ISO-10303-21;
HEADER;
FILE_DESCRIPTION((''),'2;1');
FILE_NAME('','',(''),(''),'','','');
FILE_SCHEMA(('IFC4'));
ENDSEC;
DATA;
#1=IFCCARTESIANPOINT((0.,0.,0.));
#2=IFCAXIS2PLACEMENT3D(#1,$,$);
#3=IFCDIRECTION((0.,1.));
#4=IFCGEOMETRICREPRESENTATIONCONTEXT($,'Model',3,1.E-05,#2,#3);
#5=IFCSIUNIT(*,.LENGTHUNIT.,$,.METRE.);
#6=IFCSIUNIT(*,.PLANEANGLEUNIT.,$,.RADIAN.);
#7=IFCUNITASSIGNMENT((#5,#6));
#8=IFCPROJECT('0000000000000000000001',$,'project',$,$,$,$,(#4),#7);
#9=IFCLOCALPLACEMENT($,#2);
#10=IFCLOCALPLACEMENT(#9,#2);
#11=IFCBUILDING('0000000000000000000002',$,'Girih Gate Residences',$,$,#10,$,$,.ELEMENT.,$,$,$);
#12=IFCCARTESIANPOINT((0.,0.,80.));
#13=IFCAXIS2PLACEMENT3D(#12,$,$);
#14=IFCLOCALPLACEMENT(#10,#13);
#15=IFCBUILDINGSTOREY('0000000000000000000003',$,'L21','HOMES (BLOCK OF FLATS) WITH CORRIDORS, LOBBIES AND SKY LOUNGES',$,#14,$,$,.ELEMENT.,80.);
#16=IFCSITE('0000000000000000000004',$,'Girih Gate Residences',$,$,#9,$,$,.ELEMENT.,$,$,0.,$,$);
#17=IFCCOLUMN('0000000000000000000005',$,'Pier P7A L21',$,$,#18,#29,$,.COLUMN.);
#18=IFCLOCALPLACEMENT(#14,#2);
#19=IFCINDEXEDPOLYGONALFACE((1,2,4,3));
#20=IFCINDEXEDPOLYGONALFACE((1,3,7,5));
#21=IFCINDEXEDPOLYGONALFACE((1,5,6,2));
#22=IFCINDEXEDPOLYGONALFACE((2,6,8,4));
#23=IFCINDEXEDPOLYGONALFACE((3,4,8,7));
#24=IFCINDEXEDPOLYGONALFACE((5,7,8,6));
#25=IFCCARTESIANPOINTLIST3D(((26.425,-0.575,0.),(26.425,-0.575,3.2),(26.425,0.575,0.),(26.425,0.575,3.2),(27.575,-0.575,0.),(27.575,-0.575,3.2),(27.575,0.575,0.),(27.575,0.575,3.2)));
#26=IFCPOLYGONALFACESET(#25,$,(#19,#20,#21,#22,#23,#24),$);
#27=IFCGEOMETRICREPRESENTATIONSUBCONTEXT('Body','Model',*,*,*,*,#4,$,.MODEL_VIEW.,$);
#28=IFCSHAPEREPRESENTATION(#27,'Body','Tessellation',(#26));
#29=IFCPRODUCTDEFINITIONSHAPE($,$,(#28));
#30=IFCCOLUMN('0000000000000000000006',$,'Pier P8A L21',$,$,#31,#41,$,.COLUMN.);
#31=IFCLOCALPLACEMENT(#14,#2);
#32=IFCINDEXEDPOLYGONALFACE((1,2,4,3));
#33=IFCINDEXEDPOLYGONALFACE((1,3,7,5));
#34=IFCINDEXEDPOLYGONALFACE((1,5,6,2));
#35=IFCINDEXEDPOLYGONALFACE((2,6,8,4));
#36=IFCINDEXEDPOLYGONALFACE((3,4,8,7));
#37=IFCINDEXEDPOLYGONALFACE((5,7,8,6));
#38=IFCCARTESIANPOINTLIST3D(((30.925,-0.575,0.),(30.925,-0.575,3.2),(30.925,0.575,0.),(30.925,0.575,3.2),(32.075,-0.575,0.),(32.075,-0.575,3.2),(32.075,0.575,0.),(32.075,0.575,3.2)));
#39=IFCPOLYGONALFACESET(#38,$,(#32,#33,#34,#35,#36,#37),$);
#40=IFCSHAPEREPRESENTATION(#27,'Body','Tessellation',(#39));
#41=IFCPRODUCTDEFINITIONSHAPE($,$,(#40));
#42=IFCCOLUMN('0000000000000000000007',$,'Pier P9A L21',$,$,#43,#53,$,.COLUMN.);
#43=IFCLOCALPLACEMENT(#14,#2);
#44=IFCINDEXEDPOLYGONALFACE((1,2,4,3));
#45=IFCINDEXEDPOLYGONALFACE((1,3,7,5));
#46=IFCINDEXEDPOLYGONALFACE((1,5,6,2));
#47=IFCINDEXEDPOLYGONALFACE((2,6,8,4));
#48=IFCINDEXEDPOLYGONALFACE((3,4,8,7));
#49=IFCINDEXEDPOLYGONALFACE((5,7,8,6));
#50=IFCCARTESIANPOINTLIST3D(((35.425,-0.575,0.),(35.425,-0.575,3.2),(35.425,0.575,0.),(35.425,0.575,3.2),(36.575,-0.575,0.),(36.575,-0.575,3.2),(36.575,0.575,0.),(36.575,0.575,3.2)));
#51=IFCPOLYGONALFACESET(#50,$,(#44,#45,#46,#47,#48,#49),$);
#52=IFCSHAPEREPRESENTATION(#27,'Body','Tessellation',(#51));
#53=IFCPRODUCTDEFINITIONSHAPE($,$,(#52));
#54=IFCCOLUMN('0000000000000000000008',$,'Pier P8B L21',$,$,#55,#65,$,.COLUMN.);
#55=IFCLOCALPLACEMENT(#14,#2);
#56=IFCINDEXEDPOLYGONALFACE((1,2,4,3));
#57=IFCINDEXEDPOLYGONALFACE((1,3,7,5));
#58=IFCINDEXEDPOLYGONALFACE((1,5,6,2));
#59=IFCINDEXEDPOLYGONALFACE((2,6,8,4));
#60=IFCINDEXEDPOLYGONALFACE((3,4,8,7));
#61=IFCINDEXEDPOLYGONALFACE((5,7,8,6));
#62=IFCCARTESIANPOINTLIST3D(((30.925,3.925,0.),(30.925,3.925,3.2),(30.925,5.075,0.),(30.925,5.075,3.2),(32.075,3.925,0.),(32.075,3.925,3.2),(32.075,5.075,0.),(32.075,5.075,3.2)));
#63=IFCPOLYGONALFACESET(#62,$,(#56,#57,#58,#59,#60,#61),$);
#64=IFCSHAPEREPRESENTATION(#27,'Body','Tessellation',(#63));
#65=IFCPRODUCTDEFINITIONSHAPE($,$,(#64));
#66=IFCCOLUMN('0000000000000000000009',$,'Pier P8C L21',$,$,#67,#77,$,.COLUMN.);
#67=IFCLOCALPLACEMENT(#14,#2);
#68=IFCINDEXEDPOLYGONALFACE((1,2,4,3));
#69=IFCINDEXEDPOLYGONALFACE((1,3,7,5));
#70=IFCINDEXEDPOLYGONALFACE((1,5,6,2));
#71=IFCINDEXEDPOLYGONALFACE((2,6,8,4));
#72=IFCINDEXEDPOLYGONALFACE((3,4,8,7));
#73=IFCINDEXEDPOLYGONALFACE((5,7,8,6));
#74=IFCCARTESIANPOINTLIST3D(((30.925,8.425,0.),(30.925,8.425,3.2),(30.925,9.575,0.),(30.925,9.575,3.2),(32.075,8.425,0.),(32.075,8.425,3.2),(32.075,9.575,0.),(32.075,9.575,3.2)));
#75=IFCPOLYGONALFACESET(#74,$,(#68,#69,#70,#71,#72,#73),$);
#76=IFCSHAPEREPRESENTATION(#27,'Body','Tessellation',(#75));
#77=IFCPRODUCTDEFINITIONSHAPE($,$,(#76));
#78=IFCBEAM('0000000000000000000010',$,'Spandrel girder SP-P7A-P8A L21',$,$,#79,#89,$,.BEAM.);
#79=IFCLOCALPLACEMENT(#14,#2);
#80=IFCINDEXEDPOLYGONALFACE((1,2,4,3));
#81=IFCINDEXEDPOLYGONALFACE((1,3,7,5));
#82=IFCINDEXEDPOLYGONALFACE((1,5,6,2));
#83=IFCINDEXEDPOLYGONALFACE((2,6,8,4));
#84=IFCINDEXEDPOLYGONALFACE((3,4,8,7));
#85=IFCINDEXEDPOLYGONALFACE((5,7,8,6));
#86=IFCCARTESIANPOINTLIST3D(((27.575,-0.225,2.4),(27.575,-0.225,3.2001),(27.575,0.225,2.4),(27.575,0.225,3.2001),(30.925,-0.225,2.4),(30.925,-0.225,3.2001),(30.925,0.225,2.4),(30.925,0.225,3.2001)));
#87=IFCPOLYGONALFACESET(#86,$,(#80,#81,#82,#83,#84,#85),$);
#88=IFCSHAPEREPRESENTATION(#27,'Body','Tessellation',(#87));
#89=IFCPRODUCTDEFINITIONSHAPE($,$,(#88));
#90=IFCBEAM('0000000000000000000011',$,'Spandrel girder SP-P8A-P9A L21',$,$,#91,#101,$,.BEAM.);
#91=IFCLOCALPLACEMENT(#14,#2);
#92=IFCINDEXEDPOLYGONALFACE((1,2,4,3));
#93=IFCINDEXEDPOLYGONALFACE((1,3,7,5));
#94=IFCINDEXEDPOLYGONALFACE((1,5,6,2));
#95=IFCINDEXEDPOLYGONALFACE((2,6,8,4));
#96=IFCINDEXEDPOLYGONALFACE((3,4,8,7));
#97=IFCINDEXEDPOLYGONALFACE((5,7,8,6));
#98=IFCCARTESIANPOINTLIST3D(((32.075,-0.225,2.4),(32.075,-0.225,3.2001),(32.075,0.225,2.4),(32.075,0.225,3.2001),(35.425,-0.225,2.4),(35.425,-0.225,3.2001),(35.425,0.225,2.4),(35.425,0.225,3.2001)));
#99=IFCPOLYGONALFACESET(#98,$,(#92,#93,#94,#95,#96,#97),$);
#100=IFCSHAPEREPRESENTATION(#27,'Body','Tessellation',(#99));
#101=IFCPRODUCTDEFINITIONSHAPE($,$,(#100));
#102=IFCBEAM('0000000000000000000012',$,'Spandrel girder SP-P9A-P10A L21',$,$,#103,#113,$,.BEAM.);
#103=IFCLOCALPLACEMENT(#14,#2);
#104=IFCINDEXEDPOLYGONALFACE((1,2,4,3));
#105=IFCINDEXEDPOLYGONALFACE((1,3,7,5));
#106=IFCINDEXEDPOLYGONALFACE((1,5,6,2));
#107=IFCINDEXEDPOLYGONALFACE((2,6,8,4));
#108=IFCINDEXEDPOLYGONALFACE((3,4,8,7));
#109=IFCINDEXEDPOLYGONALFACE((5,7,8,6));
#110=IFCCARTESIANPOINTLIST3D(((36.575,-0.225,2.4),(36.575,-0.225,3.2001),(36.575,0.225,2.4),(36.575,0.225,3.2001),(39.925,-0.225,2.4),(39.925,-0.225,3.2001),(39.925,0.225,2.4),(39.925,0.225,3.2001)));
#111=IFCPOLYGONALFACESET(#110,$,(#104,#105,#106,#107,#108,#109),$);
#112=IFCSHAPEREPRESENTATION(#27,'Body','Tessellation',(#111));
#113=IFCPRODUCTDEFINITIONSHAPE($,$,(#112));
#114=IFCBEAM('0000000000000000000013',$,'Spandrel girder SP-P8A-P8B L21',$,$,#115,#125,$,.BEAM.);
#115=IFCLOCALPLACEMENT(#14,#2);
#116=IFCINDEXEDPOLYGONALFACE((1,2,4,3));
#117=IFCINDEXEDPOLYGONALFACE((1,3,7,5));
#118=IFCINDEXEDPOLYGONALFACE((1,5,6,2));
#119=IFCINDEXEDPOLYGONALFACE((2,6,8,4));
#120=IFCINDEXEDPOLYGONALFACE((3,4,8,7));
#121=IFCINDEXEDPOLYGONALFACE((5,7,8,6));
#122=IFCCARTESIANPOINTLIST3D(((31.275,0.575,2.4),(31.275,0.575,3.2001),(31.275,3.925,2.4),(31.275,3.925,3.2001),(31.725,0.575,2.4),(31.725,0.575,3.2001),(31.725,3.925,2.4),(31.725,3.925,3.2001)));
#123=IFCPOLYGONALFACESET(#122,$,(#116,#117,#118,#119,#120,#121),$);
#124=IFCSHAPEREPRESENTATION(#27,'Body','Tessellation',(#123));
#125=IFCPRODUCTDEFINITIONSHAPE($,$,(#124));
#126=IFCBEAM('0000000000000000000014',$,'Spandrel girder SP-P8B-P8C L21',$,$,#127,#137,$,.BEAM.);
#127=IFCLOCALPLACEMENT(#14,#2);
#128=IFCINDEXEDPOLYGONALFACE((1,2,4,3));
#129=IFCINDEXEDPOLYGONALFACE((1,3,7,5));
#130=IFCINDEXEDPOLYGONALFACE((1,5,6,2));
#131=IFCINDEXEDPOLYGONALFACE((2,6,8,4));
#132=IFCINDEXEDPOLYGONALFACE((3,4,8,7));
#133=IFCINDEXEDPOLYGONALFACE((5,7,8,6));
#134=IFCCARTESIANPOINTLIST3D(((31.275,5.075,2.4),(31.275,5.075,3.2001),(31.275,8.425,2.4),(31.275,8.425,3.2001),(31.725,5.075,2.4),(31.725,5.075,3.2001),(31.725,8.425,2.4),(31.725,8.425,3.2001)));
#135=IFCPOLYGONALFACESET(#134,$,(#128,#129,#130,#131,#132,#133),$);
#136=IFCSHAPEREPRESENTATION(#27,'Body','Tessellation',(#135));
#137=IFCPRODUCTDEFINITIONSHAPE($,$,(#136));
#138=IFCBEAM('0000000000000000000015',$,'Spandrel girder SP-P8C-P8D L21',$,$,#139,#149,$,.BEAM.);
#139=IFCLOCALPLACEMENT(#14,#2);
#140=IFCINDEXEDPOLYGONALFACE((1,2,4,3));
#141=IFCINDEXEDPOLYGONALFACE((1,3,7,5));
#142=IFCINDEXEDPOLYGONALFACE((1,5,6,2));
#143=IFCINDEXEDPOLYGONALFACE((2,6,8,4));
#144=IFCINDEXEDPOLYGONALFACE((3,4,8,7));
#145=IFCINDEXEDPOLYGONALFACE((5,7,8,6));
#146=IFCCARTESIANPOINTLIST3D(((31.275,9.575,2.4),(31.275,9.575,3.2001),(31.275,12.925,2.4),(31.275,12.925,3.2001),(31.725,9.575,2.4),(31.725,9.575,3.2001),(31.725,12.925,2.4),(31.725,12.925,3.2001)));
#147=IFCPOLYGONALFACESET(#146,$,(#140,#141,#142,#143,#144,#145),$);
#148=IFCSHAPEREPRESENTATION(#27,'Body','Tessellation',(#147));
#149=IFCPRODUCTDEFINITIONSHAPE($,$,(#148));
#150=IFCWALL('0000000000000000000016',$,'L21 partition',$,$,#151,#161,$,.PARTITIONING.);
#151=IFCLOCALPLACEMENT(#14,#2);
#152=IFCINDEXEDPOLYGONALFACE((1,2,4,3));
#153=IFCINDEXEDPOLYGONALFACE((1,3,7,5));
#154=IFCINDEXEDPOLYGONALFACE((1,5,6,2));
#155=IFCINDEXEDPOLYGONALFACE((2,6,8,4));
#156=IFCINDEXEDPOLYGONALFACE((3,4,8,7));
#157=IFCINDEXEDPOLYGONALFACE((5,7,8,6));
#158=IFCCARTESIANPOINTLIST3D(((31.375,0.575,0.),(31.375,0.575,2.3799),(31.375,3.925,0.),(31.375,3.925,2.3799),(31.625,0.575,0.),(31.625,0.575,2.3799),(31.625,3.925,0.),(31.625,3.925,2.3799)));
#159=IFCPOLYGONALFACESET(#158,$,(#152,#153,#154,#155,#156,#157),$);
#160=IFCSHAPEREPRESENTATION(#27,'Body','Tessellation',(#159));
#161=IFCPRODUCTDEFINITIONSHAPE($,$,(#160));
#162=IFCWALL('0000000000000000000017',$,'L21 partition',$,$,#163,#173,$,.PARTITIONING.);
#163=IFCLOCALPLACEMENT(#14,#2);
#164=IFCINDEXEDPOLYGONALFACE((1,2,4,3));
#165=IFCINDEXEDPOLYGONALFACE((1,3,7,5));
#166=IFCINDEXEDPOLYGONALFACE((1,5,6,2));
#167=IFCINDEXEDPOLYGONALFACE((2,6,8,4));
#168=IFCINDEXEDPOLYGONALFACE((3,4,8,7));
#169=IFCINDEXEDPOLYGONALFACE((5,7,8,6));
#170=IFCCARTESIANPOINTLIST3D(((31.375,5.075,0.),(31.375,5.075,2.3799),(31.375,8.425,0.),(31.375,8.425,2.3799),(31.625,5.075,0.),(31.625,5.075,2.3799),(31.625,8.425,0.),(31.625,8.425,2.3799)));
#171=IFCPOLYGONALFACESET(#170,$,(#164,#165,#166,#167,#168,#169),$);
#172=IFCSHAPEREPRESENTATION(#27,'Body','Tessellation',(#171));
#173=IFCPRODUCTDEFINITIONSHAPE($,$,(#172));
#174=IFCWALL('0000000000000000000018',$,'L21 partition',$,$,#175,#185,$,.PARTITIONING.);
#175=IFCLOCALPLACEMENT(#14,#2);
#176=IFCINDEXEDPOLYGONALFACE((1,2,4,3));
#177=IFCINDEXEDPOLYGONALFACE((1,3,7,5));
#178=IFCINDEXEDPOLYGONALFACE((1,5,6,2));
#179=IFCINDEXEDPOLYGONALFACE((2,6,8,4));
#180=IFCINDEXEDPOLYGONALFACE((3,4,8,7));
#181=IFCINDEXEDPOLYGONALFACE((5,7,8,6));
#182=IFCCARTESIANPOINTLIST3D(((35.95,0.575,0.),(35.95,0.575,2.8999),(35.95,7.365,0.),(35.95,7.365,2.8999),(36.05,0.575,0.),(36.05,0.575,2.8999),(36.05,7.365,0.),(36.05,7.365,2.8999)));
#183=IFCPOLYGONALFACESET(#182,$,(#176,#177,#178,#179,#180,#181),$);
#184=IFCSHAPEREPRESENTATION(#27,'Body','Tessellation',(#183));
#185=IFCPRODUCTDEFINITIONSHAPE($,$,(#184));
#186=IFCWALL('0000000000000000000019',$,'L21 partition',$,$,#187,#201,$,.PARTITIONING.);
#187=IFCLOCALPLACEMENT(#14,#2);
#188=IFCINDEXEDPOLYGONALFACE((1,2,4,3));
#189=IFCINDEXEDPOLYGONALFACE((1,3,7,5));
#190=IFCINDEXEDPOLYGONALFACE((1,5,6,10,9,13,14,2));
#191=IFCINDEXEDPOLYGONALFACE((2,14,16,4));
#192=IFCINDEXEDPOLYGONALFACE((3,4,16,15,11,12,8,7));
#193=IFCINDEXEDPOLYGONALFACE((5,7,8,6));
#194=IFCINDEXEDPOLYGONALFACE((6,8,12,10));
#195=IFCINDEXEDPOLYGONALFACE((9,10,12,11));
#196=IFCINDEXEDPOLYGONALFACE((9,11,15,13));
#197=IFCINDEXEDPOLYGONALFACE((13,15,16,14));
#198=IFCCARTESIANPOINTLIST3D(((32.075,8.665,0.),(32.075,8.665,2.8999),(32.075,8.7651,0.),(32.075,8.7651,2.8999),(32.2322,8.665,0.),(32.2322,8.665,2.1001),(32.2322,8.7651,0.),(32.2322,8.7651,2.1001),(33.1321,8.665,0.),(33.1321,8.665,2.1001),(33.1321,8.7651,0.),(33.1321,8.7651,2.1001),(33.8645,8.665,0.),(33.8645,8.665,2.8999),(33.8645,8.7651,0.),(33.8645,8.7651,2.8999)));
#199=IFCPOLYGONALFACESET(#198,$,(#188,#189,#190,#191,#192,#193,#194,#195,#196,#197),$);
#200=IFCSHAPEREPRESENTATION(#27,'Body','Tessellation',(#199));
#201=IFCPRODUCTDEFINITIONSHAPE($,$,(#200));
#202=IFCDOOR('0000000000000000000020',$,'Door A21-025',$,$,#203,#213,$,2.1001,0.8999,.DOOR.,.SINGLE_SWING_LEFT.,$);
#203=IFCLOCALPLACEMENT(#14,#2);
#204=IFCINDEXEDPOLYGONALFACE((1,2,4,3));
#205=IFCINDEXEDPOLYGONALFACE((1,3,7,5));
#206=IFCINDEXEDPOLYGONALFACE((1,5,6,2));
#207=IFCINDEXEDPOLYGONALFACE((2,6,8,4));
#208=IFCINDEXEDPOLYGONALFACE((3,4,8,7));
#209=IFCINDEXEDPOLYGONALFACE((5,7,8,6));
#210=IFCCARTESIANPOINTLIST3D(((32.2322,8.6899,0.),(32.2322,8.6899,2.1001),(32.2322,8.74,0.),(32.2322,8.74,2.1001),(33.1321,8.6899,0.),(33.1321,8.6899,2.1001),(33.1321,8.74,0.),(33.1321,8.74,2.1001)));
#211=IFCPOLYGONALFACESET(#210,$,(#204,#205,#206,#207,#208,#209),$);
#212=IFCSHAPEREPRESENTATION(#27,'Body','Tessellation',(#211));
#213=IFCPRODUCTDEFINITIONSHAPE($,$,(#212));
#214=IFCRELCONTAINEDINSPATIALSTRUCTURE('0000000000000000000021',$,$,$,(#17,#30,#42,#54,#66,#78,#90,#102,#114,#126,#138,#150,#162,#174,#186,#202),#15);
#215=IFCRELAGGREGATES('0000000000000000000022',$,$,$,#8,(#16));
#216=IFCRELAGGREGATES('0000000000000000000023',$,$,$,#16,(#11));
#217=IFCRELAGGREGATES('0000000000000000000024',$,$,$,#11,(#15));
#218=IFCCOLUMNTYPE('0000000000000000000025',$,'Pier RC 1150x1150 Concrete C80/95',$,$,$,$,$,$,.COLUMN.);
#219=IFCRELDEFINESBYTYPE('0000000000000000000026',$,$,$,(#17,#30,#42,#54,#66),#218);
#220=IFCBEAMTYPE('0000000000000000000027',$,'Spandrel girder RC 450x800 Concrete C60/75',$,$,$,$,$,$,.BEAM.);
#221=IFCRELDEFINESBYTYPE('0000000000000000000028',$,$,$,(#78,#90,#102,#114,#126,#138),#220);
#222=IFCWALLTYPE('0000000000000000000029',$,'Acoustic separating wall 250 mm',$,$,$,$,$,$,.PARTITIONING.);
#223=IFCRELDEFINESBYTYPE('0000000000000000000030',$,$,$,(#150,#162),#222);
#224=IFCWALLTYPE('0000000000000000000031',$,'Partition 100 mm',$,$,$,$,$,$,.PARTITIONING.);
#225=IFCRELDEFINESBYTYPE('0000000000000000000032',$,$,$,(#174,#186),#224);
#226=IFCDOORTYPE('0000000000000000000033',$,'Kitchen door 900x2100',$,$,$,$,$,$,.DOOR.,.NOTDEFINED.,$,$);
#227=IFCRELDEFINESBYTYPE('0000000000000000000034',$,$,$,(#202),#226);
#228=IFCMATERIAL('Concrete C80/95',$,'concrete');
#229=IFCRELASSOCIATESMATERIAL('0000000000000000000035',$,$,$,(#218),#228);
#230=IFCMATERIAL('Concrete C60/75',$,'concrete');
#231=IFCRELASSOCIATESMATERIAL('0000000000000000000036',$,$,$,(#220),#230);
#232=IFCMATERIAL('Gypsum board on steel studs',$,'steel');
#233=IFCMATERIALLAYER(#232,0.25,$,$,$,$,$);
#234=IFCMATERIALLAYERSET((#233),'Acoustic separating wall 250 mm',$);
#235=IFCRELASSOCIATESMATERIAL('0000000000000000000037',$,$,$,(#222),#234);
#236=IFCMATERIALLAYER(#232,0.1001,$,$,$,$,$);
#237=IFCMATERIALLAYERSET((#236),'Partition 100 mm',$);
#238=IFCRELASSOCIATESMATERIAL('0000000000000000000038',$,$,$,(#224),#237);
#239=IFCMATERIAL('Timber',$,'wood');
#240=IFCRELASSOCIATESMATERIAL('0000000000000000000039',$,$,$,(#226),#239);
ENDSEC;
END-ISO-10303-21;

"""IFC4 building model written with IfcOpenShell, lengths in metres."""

from ifc_helpers import new_model, si_unit, direction, frame, frame_2d, origin, origin_2d, place, context, subcontext, project, spatial, rectangle, extrude, material, layer, layer_set, material_profile, profile_set, type_object, element, fill, save


model = new_model("IFC4")

# Units and contexts
model_context = context("Model", 3, precision=1e-05, world=origin(), true_north=direction((0.0, 1.0)))
body_context = subcontext(model_context, "Body", "Model", "MODEL_VIEW")
ifc_project = project(units=[si_unit("LENGTHUNIT", "METRE"), si_unit("PLANEANGLEUNIT", "RADIAN")], contexts=[model_context])

# Site, building, storey
site_placement = place(None, origin())
site = spatial("IfcSite", under=ifc_project, at=site_placement, Name="Girih Gate Residences", CompositionType="ELEMENT", RefElevation=0.0)
building_placement = place(site_placement, origin())
building = spatial("IfcBuilding", under=site, at=building_placement, Name="Girih Gate Residences", CompositionType="ELEMENT")
storey_placement = place(building_placement, frame((0.0, 0.0, 80.0)))
storey = spatial("IfcBuildingStorey", under=building, at=storey_placement, Name="L21", Description="HOMES (BLOCK OF FLATS) WITH CORRIDORS, LOBBIES AND SKY LOUNGES", CompositionType="ELEMENT", Elevation=80.0)

# Columns
ifc_material_1 = material(Name="Concrete C80/95", Category="concrete")
ifc_material_profile_1 = material_profile(ifc_material_1, rectangle(XDim=1.1499, YDim=1.1499, at=origin_2d()))
ifc_profile_set_1 = profile_set([ifc_material_profile_1], Name="Concrete C80/95")
column_type = type_object("IfcColumnType", Name="Pier RC 1150x1150 Concrete C80/95", PredefinedType="COLUMN", material=ifc_profile_set_1)
for number, where, z_axis, x_axis, name in (
    (1, (27.0, 0.0, 0.0), (0.0, 0.0, 1.0), (1.0, 0.0, 0.0), "Pier P7A L21"),
    (2, (31.5, 0.0, 0.0), (0.0, 0.0, 1.0), (1.0, 0.0, 0.0), "Pier P8A L21"),
    (3, (36.0, 0.0, 0.0), (0.0, 0.0, 1.0), (1.0, 0.0, 0.0), "Pier P9A L21"),
    (4, (31.5, 4.5, 0.0), (0.0, 0.0, 1.0), (1.0, 0.0, 0.0), "Pier P8B L21"),
    (5, (31.5, 9.0, 0.0), (0.0, 0.0, 1.0), (1.0, 0.0, 0.0), "Pier P8C L21"),
):
    element("IfcColumn", number, at=place(storey_placement, frame(where, z_axis=z_axis, x_axis=x_axis)), inside=storey, type_object=column_type, Name=name, PredefinedType="COLUMN", context=body_context, shape_type="SweptSolid", body=[
        extrude(rectangle(XDim=1.1499, YDim=1.1499, at=origin_2d()), origin(), (0.0, 0.0, 1.0), 3.2),
    ])

# Beams
ifc_material_2 = material(Name="Concrete C60/75", Category="concrete")
ifc_material_profile_2 = material_profile(ifc_material_2, rectangle(XDim=0.45, YDim=0.8, at=origin_2d()))
ifc_profile_set_2 = profile_set([ifc_material_profile_2], Name="Concrete C60/75")
beam_type = type_object("IfcBeamType", Name="Spandrel girder RC 450x800 Concrete C60/75", PredefinedType="BEAM", material=ifc_profile_set_2)
for number, where, z_axis, x_axis, name in (
    (6, (27.575, 0.0, 2.8), (1.0, 0.0, 0.0), (0.0, 1.0, 0.0), "Spandrel girder SP-P7A-P8A L21"),
    (7, (32.075, 0.0, 2.8), (1.0, 0.0, 0.0), (0.0, 1.0, 0.0), "Spandrel girder SP-P8A-P9A L21"),
    (8, (36.575, 0.0, 2.8), (1.0, 0.0, 0.0), (0.0, 1.0, 0.0), "Spandrel girder SP-P9A-P10A L21"),
    (9, (31.5, 0.575, 2.8), (0.0, 1.0, 0.0), (-1.0, 0.0, 0.0), "Spandrel girder SP-P8A-P8B L21"),
    (10, (31.5, 5.075, 2.8), (0.0, 1.0, 0.0), (-1.0, 0.0, 0.0), "Spandrel girder SP-P8B-P8C L21"),
    (11, (31.5, 9.575, 2.8), (0.0, 1.0, 0.0), (-1.0, 0.0, 0.0), "Spandrel girder SP-P8C-P8D L21"),
):
    element("IfcBeam", number, at=place(storey_placement, frame(where, z_axis=z_axis, x_axis=x_axis)), inside=storey, type_object=beam_type, Name=name, PredefinedType="BEAM", context=body_context, shape_type="SweptSolid", body=[
        extrude(rectangle(XDim=0.45, YDim=0.8, at=origin_2d()), origin(), (0.0, 0.0, 1.0), 3.3501),
    ])

# Walls
ifc_material_3 = material(Name="Gypsum board on steel studs", Category="steel")
ifc_layer_1 = layer(ifc_material_3, 0.25)
ifc_layer_set_1 = layer_set([ifc_layer_1], Name="Acoustic separating wall 250 mm")
wall_type_1 = type_object("IfcWallType", Name="Acoustic separating wall 250 mm", PredefinedType="PARTITIONING", material=ifc_layer_set_1)
for number, where, z_axis, x_axis, name in (
    (12, (31.5, 0.575, 0.0), (0.0, 0.0, 1.0), (0.0, 1.0, 0.0), "L21 partition"),
    (13, (31.5, 5.075, 0.0), (0.0, 0.0, 1.0), (0.0, 1.0, 0.0), "L21 partition"),
):
    element("IfcWall", number, at=place(storey_placement, frame(where, z_axis=z_axis, x_axis=x_axis)), inside=storey, type_object=wall_type_1, Name=name, PredefinedType="PARTITIONING", context=body_context, shape_type="SweptSolid", body=[
        extrude(rectangle(XDim=3.3501, YDim=0.25, at=frame_2d((1.675, 0.0))), origin(), (0.0, 0.0, 1.0), 2.3799),
    ])
ifc_layer_2 = layer(ifc_material_3, 0.1001)
ifc_layer_set_2 = layer_set([ifc_layer_2], Name="Partition 100 mm")
wall_type_2 = type_object("IfcWallType", Name="Partition 100 mm", PredefinedType="PARTITIONING", material=ifc_layer_set_2)
wall_1_placement = place(storey_placement, frame((36.0, 0.575, 0.0), z_axis=(0.0, 0.0, 1.0), x_axis=(0.0, 1.0, 0.0)))
element("IfcWall", 14, at=wall_1_placement, inside=storey, type_object=wall_type_2, Name="L21 partition", PredefinedType="PARTITIONING", context=body_context, shape_type="SweptSolid", body=[
    extrude(rectangle(XDim=6.79, YDim=0.1001, at=frame_2d((3.395, 0.0))), origin(), (0.0, 0.0, 1.0), 2.8999),
])

# Wall, opening, door
wall_2_placement = place(storey_placement, frame((32.075, 8.7151, 0.0), z_axis=(0.0, 0.0, 1.0), x_axis=(1.0, 0.0, 0.0)))
wall_2 = element("IfcWall", 15, at=wall_2_placement, inside=storey, type_object=wall_type_2, Name="L21 partition", PredefinedType="PARTITIONING", context=body_context, shape_type="SweptSolid", body=[
    extrude(rectangle(XDim=1.7896, YDim=0.1001, at=frame_2d((0.8948, 0.0))), origin(), (0.0, 0.0, 1.0), 2.8999),
])
opening_1_placement = place(wall_2_placement, frame((0.1572, 0.0, 0.0)))
opening_1 = element("IfcOpeningElement", 16, at=opening_1_placement, cuts=wall_2, PredefinedType="OPENING", context=body_context, shape_type="SweptSolid", body=[
    extrude(rectangle(XDim=0.8999, YDim=2.1001, at=frame_2d((0.45, 1.05))), frame((0.0, 0.0601, 0.0), z_axis=(0.0, -1.0, 0.0), x_axis=(1.0, 0.0, 0.0)), (0.0, 0.0, 1.0), 0.1201),
])
ifc_material_4 = material(Name="Timber", Category="wood")
door_type_1 = type_object("IfcDoorType", Name="Kitchen door 900x2100", OperationType="NOTDEFINED", PredefinedType="DOOR", material=ifc_material_4)
door_1_placement = place(opening_1_placement, origin())
door_1 = element("IfcDoor", 17, at=door_1_placement, inside=storey, type_object=door_type_1, Name="Door A21-025", OperationType="SINGLE_SWING_LEFT", OverallHeight=2.1001, OverallWidth=0.8999, PredefinedType="DOOR", context=body_context, shape_type="SweptSolid", body=[
    extrude(rectangle(XDim=0.8999, YDim=2.1001, at=frame_2d((0.45, 1.05))), frame((0.0, 0.0249, 0.0), z_axis=(0.0, -1.0, 0.0), x_axis=(1.0, 0.0, 0.0)), (0.0, 0.0, 1.0), 0.05),
])
fill(opening_1, door_1)

save(model, "model.ifc")
